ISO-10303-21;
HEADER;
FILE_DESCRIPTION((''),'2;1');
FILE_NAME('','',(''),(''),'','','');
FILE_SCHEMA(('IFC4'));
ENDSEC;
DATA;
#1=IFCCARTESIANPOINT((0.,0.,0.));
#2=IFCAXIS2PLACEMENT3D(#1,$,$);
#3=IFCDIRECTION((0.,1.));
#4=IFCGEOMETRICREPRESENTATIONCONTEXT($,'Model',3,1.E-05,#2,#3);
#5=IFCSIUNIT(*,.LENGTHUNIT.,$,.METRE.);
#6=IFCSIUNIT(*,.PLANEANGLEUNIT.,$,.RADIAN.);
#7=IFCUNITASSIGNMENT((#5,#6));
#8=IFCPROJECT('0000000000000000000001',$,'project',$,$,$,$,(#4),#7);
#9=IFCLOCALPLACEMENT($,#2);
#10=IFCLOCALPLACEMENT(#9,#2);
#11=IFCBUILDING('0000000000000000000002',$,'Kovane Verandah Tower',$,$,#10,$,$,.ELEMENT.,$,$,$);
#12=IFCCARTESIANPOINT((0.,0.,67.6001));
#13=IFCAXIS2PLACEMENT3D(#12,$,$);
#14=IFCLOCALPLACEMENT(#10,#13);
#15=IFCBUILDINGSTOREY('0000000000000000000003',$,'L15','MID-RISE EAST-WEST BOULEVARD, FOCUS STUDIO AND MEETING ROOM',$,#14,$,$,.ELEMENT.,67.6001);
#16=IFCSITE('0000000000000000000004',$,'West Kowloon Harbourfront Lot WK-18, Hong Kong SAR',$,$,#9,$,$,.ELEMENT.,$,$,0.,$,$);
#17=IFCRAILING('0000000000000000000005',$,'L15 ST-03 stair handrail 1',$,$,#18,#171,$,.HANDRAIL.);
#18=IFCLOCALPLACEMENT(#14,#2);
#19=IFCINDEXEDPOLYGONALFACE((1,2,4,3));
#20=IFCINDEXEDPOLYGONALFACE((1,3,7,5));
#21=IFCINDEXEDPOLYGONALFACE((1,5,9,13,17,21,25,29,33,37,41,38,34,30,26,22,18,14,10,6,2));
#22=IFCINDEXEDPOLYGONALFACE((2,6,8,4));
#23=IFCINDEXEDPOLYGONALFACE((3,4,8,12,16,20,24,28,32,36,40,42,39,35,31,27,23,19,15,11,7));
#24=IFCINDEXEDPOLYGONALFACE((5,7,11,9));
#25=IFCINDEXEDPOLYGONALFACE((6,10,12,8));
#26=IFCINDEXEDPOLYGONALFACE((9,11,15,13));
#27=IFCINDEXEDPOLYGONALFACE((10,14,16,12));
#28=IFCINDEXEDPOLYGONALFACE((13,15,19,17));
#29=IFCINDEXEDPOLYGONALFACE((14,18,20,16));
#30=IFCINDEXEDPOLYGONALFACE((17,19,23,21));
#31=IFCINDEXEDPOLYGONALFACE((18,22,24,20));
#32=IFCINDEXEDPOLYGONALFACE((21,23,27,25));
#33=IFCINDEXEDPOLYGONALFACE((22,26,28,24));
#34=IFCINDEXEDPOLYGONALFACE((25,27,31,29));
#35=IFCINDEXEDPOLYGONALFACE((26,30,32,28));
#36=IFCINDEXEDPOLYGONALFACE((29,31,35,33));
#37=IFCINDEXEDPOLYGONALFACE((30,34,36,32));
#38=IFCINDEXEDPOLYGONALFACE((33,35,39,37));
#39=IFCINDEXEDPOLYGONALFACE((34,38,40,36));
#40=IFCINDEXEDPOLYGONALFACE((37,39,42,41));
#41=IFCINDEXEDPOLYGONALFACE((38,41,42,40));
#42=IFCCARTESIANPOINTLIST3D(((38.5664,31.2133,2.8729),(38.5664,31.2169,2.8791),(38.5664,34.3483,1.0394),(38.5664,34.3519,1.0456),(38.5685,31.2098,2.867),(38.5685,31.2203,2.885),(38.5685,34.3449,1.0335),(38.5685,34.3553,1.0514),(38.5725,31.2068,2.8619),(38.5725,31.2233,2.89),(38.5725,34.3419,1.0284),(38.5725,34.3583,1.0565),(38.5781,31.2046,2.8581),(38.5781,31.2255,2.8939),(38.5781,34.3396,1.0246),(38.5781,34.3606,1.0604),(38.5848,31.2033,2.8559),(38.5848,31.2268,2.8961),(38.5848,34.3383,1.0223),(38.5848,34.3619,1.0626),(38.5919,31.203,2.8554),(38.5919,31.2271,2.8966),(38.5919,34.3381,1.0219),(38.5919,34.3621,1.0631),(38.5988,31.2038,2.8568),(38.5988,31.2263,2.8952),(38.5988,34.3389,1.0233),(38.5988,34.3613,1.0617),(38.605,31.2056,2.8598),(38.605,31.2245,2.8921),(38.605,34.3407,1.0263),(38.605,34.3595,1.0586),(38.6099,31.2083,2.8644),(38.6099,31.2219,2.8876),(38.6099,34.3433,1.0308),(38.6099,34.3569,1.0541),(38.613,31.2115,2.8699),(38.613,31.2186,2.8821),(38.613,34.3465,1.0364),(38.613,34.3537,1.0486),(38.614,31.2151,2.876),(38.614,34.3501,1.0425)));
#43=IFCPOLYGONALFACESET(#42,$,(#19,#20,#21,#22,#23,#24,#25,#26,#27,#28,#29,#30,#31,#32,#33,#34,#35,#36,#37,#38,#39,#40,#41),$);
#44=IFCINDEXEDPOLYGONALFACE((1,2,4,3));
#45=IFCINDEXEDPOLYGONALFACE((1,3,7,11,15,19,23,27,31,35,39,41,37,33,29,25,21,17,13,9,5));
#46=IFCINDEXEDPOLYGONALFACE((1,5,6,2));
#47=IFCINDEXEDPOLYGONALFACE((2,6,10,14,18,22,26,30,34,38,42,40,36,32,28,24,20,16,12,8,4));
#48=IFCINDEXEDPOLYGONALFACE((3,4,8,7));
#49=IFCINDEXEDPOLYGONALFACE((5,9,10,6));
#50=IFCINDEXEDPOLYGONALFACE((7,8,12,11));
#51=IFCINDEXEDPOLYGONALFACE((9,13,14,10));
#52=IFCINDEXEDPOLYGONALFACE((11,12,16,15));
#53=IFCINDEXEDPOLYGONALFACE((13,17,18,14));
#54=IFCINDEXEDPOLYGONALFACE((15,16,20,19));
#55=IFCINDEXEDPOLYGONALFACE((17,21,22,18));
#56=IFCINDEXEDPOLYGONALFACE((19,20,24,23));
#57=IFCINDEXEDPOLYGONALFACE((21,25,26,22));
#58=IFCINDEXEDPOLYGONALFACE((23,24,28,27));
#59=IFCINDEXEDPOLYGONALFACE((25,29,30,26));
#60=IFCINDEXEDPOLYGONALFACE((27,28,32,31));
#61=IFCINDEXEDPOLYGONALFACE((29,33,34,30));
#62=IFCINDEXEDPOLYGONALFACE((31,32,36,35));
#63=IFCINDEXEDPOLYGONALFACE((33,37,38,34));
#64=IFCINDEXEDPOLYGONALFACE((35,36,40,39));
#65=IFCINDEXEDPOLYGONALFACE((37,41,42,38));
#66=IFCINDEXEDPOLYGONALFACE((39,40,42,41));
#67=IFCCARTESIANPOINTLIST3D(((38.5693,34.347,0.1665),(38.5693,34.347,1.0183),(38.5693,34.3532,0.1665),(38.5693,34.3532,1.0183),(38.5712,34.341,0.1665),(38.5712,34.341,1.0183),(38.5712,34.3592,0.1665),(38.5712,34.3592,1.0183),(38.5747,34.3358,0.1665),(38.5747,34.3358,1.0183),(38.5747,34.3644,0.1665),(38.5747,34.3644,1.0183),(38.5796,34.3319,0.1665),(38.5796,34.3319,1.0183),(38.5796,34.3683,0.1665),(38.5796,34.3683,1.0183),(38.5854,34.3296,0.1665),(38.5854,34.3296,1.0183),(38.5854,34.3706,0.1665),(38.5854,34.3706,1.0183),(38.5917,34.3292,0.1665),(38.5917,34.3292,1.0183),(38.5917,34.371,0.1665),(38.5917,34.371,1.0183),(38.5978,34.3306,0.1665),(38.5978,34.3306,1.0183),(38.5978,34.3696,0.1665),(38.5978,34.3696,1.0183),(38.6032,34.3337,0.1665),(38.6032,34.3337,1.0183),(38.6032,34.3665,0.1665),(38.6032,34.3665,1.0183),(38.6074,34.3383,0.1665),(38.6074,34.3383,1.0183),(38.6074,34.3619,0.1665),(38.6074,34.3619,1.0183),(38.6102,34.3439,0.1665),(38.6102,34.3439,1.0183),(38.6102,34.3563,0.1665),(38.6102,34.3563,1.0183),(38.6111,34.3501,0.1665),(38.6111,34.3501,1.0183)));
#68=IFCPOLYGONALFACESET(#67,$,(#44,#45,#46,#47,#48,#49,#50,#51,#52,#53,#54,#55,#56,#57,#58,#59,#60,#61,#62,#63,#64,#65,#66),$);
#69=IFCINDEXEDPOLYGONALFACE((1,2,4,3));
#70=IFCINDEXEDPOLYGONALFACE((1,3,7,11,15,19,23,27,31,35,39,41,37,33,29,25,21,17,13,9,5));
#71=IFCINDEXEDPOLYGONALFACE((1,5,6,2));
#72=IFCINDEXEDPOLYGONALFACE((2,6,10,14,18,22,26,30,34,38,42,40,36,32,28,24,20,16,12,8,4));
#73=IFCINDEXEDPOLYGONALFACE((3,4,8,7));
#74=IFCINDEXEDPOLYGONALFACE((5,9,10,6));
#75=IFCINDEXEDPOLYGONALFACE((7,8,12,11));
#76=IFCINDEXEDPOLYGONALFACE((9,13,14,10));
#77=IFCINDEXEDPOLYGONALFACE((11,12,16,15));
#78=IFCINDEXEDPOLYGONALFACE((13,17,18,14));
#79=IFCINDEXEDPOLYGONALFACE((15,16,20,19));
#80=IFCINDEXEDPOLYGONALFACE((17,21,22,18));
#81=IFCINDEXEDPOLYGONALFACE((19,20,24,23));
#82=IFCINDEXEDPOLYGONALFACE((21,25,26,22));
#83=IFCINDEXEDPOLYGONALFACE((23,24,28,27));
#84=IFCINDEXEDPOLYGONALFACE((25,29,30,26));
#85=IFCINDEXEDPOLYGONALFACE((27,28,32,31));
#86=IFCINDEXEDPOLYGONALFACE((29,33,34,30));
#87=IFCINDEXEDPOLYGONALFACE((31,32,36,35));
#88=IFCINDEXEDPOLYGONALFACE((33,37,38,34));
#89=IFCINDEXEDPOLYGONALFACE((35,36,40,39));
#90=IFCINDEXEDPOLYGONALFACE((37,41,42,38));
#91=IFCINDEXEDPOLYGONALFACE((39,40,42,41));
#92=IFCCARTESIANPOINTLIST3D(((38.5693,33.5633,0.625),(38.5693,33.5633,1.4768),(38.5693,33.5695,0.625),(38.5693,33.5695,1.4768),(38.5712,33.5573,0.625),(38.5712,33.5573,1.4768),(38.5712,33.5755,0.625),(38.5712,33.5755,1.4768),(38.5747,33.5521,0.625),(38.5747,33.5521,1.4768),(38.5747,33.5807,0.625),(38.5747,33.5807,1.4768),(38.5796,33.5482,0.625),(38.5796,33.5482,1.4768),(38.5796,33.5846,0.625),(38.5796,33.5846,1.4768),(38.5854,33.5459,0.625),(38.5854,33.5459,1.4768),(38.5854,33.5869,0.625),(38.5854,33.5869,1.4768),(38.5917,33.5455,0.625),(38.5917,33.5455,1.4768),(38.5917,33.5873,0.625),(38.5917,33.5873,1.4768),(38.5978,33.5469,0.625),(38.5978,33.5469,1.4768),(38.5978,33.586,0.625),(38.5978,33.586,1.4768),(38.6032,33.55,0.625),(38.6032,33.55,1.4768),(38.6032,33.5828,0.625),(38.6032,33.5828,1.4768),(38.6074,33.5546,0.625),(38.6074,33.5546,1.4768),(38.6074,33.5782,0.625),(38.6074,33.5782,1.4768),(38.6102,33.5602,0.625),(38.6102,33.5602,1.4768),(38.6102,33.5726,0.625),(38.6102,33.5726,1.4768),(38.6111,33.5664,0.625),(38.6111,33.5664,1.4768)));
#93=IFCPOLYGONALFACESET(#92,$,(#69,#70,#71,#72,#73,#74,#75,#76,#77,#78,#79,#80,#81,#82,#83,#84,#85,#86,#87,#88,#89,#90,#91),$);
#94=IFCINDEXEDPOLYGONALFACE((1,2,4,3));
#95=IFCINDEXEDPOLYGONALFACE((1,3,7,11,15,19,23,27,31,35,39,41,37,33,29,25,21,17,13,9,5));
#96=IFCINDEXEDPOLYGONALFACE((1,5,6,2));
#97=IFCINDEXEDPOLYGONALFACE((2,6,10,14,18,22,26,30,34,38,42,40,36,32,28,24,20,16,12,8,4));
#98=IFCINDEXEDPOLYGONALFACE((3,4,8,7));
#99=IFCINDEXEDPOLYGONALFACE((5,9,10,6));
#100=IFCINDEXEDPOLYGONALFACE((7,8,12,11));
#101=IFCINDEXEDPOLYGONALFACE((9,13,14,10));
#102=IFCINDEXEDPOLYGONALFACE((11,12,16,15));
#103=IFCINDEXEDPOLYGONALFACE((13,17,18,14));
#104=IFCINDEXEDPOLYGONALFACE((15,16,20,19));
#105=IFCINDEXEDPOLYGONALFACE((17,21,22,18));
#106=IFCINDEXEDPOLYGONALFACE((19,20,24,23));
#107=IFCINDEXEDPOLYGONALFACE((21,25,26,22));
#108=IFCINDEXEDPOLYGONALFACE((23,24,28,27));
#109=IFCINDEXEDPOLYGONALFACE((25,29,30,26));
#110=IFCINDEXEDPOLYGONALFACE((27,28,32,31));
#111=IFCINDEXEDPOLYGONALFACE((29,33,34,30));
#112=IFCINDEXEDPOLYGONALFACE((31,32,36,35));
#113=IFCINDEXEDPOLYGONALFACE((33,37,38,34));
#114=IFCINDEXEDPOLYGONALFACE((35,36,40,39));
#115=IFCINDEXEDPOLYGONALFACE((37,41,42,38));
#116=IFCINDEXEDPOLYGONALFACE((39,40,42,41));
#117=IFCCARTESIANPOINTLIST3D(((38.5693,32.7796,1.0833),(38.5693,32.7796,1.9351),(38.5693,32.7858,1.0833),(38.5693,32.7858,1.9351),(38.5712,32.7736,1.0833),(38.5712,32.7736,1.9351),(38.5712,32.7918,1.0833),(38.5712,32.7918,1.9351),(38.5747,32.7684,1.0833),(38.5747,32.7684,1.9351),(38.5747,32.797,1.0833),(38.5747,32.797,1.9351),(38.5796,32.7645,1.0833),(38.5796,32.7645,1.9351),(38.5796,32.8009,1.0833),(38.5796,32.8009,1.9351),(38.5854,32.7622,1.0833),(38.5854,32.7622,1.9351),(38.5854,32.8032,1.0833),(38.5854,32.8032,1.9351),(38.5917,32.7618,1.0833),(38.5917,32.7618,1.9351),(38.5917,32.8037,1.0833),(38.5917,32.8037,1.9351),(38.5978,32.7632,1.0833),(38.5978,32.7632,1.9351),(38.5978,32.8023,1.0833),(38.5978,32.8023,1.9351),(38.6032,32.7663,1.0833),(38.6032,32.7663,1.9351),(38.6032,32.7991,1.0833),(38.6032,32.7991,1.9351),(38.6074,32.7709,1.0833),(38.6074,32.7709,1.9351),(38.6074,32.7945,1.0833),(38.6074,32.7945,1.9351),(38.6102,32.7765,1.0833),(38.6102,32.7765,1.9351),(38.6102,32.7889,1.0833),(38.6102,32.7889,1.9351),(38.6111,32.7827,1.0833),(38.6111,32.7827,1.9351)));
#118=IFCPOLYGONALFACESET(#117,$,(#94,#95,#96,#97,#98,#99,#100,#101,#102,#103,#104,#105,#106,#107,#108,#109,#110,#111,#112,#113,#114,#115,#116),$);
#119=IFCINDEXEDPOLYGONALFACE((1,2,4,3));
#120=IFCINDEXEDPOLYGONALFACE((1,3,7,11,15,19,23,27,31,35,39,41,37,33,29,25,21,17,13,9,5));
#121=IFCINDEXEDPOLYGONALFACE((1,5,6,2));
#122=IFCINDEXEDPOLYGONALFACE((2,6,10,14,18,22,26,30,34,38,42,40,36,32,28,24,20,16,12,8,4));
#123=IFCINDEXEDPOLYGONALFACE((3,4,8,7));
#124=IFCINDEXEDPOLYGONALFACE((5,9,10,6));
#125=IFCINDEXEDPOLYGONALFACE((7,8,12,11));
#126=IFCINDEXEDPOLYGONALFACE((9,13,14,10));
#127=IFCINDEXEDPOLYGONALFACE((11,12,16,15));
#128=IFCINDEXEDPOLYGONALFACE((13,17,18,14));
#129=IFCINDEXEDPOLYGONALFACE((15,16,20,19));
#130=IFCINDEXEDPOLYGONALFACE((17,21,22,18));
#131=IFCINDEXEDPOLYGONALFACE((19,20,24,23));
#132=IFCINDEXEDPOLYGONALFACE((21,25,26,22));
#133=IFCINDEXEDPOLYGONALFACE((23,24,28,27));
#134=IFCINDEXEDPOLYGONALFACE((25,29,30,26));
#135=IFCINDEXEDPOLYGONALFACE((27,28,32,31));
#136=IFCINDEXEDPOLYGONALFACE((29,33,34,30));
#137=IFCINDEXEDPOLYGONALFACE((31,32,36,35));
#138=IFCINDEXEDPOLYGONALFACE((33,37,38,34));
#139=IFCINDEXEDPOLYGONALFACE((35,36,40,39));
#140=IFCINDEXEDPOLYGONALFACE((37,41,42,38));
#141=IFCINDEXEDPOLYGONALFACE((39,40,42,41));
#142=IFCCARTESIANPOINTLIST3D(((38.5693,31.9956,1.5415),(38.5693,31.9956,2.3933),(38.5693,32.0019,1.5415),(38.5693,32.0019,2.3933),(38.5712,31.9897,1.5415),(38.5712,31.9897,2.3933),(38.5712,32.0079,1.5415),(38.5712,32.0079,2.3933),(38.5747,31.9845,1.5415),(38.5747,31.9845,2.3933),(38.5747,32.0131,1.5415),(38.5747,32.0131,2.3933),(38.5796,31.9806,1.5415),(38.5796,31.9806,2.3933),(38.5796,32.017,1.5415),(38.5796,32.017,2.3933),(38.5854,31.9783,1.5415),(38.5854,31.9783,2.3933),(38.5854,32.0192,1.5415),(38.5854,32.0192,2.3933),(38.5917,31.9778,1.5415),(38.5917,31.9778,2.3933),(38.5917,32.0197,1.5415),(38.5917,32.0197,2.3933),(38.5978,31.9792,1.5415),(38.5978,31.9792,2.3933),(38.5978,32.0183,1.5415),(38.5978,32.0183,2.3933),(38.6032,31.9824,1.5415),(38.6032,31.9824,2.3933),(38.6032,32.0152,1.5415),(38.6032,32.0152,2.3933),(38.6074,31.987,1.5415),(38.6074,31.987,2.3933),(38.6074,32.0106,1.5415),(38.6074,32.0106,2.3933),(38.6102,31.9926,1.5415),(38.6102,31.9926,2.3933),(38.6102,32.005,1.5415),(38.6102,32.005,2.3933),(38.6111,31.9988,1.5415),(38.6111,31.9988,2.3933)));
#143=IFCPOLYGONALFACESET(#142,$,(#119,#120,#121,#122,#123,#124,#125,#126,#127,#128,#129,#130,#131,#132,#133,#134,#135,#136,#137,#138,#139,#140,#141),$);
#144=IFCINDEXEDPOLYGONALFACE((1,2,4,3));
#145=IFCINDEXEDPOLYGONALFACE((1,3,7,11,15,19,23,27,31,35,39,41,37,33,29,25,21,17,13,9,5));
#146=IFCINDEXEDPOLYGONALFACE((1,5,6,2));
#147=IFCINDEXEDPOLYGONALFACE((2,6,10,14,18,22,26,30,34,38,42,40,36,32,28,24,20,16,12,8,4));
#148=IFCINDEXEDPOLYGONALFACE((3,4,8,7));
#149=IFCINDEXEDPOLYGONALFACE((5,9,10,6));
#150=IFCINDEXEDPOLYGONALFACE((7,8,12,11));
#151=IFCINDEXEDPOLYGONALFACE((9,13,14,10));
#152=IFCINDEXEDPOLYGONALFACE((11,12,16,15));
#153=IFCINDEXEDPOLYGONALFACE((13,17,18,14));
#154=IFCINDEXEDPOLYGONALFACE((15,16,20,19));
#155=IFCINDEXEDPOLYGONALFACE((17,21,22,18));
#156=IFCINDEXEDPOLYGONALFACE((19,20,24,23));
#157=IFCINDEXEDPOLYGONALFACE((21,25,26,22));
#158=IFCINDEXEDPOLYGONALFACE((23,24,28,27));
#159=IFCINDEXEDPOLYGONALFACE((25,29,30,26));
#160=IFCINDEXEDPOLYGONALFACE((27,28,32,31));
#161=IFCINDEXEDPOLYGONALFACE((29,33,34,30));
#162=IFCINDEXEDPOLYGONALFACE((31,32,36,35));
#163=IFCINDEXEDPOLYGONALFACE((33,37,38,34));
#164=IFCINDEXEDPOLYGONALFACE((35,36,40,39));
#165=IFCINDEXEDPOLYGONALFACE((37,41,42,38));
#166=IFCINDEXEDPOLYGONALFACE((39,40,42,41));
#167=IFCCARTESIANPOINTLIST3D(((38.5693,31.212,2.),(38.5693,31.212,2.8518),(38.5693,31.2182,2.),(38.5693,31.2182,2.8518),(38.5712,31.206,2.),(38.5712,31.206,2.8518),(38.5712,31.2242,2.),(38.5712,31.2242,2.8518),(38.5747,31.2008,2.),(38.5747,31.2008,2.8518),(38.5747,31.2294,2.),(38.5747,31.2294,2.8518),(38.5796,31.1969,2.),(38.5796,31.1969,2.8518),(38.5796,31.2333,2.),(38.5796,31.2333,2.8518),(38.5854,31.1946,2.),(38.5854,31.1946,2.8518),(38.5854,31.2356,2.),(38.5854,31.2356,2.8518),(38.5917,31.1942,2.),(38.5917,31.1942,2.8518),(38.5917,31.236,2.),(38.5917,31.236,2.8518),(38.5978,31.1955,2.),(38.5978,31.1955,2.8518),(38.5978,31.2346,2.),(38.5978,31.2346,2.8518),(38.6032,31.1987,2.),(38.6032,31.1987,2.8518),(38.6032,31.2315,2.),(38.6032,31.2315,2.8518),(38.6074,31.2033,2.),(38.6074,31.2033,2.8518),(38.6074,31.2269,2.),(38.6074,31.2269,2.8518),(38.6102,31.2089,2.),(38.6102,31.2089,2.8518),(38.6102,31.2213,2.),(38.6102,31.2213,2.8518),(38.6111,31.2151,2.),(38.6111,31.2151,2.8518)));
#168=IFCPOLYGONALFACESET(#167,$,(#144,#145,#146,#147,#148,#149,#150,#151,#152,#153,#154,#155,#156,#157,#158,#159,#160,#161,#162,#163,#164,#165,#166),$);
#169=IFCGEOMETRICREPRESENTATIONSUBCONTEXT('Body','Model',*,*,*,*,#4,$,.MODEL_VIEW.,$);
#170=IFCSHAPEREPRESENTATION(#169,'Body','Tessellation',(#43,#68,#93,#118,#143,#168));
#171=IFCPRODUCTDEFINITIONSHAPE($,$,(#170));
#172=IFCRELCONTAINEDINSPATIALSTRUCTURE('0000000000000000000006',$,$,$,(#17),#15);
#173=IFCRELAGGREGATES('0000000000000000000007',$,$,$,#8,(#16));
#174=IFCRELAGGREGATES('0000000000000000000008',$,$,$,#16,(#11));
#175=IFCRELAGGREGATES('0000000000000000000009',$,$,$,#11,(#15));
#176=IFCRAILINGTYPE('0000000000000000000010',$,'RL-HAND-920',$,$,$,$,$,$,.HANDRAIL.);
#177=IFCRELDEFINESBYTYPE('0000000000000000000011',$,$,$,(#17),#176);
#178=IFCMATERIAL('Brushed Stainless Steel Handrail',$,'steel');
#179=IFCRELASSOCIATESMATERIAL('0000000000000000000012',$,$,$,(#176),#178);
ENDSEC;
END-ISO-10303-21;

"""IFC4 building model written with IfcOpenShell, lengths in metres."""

from ifc_helpers import new_model, si_unit, direction, frame, origin, origin_2d, place, context, subcontext, project, spatial, circle, extrude, material, type_object, element, save


model = new_model("IFC4")

# Units and contexts
model_context = context("Model", 3, precision=1e-05, world=origin(), true_north=direction((0.0, 1.0)))
body_context = subcontext(model_context, "Body", "Model", "MODEL_VIEW")
ifc_project = project(units=[si_unit("LENGTHUNIT", "METRE"), si_unit("PLANEANGLEUNIT", "RADIAN")], contexts=[model_context])

# Site, building, storey
site_placement = place(None, origin())
site = spatial("IfcSite", under=ifc_project, at=site_placement, Name="West Kowloon Harbourfront Lot WK-18, Hong Kong SAR", CompositionType="ELEMENT", RefElevation=0.0)
building_placement = place(site_placement, origin())
building = spatial("IfcBuilding", under=site, at=building_placement, Name="Kovane Verandah Tower", CompositionType="ELEMENT")
storey_placement = place(building_placement, frame((0.0, 0.0, 67.6001)))
storey = spatial("IfcBuildingStorey", under=building, at=storey_placement, Name="L15", Description="MID-RISE EAST-WEST BOULEVARD, FOCUS STUDIO AND MEETING ROOM", CompositionType="ELEMENT", Elevation=67.6001)

# Railing
ifc_material_1 = material(Name="Brushed Stainless Steel Handrail", Category="steel")
railing_type_1 = type_object("IfcRailingType", Name="RL-HAND-920", PredefinedType="HANDRAIL", material=ifc_material_1)
railing_1_placement = place(storey_placement, frame((38.5901, 34.3501, 0.1665)))
element("IfcRailing", 1, at=railing_1_placement, inside=storey, type_object=railing_type_1, Name="L15 ST-03 stair handrail 1", PredefinedType="HANDRAIL", context=body_context, shape_type="SweptSolid", body=[
    extrude(circle(Radius=0.0239, at=origin_2d()), frame((0.0, 0.0, 0.876), z_axis=(0.0, -0.86321, 0.504845), x_axis=(1.0, 0.0, 0.0)), (0.0, 0.0, 1.0), 3.6318),
    extrude(circle(Radius=0.021, at=origin_2d()), origin(), (0.0, 0.0, 1.0), 0.8518),
    extrude(circle(Radius=0.021, at=origin_2d()), frame((0.0, -0.7837, 0.4585)), (0.0, 0.0, 1.0), 0.8518),
    extrude(circle(Radius=0.021, at=origin_2d()), frame((0.0, -1.5674, 0.9167)), (0.0, 0.0, 1.0), 0.8518),
    extrude(circle(Radius=0.021, at=origin_2d()), frame((0.0, -2.3513, 1.375)), (0.0, 0.0, 1.0), 0.8518),
    extrude(circle(Radius=0.021, at=origin_2d()), frame((0.0, -3.135, 1.8335)), (0.0, 0.0, 1.0), 0.8518),
])

save(model, "model.ifc")
